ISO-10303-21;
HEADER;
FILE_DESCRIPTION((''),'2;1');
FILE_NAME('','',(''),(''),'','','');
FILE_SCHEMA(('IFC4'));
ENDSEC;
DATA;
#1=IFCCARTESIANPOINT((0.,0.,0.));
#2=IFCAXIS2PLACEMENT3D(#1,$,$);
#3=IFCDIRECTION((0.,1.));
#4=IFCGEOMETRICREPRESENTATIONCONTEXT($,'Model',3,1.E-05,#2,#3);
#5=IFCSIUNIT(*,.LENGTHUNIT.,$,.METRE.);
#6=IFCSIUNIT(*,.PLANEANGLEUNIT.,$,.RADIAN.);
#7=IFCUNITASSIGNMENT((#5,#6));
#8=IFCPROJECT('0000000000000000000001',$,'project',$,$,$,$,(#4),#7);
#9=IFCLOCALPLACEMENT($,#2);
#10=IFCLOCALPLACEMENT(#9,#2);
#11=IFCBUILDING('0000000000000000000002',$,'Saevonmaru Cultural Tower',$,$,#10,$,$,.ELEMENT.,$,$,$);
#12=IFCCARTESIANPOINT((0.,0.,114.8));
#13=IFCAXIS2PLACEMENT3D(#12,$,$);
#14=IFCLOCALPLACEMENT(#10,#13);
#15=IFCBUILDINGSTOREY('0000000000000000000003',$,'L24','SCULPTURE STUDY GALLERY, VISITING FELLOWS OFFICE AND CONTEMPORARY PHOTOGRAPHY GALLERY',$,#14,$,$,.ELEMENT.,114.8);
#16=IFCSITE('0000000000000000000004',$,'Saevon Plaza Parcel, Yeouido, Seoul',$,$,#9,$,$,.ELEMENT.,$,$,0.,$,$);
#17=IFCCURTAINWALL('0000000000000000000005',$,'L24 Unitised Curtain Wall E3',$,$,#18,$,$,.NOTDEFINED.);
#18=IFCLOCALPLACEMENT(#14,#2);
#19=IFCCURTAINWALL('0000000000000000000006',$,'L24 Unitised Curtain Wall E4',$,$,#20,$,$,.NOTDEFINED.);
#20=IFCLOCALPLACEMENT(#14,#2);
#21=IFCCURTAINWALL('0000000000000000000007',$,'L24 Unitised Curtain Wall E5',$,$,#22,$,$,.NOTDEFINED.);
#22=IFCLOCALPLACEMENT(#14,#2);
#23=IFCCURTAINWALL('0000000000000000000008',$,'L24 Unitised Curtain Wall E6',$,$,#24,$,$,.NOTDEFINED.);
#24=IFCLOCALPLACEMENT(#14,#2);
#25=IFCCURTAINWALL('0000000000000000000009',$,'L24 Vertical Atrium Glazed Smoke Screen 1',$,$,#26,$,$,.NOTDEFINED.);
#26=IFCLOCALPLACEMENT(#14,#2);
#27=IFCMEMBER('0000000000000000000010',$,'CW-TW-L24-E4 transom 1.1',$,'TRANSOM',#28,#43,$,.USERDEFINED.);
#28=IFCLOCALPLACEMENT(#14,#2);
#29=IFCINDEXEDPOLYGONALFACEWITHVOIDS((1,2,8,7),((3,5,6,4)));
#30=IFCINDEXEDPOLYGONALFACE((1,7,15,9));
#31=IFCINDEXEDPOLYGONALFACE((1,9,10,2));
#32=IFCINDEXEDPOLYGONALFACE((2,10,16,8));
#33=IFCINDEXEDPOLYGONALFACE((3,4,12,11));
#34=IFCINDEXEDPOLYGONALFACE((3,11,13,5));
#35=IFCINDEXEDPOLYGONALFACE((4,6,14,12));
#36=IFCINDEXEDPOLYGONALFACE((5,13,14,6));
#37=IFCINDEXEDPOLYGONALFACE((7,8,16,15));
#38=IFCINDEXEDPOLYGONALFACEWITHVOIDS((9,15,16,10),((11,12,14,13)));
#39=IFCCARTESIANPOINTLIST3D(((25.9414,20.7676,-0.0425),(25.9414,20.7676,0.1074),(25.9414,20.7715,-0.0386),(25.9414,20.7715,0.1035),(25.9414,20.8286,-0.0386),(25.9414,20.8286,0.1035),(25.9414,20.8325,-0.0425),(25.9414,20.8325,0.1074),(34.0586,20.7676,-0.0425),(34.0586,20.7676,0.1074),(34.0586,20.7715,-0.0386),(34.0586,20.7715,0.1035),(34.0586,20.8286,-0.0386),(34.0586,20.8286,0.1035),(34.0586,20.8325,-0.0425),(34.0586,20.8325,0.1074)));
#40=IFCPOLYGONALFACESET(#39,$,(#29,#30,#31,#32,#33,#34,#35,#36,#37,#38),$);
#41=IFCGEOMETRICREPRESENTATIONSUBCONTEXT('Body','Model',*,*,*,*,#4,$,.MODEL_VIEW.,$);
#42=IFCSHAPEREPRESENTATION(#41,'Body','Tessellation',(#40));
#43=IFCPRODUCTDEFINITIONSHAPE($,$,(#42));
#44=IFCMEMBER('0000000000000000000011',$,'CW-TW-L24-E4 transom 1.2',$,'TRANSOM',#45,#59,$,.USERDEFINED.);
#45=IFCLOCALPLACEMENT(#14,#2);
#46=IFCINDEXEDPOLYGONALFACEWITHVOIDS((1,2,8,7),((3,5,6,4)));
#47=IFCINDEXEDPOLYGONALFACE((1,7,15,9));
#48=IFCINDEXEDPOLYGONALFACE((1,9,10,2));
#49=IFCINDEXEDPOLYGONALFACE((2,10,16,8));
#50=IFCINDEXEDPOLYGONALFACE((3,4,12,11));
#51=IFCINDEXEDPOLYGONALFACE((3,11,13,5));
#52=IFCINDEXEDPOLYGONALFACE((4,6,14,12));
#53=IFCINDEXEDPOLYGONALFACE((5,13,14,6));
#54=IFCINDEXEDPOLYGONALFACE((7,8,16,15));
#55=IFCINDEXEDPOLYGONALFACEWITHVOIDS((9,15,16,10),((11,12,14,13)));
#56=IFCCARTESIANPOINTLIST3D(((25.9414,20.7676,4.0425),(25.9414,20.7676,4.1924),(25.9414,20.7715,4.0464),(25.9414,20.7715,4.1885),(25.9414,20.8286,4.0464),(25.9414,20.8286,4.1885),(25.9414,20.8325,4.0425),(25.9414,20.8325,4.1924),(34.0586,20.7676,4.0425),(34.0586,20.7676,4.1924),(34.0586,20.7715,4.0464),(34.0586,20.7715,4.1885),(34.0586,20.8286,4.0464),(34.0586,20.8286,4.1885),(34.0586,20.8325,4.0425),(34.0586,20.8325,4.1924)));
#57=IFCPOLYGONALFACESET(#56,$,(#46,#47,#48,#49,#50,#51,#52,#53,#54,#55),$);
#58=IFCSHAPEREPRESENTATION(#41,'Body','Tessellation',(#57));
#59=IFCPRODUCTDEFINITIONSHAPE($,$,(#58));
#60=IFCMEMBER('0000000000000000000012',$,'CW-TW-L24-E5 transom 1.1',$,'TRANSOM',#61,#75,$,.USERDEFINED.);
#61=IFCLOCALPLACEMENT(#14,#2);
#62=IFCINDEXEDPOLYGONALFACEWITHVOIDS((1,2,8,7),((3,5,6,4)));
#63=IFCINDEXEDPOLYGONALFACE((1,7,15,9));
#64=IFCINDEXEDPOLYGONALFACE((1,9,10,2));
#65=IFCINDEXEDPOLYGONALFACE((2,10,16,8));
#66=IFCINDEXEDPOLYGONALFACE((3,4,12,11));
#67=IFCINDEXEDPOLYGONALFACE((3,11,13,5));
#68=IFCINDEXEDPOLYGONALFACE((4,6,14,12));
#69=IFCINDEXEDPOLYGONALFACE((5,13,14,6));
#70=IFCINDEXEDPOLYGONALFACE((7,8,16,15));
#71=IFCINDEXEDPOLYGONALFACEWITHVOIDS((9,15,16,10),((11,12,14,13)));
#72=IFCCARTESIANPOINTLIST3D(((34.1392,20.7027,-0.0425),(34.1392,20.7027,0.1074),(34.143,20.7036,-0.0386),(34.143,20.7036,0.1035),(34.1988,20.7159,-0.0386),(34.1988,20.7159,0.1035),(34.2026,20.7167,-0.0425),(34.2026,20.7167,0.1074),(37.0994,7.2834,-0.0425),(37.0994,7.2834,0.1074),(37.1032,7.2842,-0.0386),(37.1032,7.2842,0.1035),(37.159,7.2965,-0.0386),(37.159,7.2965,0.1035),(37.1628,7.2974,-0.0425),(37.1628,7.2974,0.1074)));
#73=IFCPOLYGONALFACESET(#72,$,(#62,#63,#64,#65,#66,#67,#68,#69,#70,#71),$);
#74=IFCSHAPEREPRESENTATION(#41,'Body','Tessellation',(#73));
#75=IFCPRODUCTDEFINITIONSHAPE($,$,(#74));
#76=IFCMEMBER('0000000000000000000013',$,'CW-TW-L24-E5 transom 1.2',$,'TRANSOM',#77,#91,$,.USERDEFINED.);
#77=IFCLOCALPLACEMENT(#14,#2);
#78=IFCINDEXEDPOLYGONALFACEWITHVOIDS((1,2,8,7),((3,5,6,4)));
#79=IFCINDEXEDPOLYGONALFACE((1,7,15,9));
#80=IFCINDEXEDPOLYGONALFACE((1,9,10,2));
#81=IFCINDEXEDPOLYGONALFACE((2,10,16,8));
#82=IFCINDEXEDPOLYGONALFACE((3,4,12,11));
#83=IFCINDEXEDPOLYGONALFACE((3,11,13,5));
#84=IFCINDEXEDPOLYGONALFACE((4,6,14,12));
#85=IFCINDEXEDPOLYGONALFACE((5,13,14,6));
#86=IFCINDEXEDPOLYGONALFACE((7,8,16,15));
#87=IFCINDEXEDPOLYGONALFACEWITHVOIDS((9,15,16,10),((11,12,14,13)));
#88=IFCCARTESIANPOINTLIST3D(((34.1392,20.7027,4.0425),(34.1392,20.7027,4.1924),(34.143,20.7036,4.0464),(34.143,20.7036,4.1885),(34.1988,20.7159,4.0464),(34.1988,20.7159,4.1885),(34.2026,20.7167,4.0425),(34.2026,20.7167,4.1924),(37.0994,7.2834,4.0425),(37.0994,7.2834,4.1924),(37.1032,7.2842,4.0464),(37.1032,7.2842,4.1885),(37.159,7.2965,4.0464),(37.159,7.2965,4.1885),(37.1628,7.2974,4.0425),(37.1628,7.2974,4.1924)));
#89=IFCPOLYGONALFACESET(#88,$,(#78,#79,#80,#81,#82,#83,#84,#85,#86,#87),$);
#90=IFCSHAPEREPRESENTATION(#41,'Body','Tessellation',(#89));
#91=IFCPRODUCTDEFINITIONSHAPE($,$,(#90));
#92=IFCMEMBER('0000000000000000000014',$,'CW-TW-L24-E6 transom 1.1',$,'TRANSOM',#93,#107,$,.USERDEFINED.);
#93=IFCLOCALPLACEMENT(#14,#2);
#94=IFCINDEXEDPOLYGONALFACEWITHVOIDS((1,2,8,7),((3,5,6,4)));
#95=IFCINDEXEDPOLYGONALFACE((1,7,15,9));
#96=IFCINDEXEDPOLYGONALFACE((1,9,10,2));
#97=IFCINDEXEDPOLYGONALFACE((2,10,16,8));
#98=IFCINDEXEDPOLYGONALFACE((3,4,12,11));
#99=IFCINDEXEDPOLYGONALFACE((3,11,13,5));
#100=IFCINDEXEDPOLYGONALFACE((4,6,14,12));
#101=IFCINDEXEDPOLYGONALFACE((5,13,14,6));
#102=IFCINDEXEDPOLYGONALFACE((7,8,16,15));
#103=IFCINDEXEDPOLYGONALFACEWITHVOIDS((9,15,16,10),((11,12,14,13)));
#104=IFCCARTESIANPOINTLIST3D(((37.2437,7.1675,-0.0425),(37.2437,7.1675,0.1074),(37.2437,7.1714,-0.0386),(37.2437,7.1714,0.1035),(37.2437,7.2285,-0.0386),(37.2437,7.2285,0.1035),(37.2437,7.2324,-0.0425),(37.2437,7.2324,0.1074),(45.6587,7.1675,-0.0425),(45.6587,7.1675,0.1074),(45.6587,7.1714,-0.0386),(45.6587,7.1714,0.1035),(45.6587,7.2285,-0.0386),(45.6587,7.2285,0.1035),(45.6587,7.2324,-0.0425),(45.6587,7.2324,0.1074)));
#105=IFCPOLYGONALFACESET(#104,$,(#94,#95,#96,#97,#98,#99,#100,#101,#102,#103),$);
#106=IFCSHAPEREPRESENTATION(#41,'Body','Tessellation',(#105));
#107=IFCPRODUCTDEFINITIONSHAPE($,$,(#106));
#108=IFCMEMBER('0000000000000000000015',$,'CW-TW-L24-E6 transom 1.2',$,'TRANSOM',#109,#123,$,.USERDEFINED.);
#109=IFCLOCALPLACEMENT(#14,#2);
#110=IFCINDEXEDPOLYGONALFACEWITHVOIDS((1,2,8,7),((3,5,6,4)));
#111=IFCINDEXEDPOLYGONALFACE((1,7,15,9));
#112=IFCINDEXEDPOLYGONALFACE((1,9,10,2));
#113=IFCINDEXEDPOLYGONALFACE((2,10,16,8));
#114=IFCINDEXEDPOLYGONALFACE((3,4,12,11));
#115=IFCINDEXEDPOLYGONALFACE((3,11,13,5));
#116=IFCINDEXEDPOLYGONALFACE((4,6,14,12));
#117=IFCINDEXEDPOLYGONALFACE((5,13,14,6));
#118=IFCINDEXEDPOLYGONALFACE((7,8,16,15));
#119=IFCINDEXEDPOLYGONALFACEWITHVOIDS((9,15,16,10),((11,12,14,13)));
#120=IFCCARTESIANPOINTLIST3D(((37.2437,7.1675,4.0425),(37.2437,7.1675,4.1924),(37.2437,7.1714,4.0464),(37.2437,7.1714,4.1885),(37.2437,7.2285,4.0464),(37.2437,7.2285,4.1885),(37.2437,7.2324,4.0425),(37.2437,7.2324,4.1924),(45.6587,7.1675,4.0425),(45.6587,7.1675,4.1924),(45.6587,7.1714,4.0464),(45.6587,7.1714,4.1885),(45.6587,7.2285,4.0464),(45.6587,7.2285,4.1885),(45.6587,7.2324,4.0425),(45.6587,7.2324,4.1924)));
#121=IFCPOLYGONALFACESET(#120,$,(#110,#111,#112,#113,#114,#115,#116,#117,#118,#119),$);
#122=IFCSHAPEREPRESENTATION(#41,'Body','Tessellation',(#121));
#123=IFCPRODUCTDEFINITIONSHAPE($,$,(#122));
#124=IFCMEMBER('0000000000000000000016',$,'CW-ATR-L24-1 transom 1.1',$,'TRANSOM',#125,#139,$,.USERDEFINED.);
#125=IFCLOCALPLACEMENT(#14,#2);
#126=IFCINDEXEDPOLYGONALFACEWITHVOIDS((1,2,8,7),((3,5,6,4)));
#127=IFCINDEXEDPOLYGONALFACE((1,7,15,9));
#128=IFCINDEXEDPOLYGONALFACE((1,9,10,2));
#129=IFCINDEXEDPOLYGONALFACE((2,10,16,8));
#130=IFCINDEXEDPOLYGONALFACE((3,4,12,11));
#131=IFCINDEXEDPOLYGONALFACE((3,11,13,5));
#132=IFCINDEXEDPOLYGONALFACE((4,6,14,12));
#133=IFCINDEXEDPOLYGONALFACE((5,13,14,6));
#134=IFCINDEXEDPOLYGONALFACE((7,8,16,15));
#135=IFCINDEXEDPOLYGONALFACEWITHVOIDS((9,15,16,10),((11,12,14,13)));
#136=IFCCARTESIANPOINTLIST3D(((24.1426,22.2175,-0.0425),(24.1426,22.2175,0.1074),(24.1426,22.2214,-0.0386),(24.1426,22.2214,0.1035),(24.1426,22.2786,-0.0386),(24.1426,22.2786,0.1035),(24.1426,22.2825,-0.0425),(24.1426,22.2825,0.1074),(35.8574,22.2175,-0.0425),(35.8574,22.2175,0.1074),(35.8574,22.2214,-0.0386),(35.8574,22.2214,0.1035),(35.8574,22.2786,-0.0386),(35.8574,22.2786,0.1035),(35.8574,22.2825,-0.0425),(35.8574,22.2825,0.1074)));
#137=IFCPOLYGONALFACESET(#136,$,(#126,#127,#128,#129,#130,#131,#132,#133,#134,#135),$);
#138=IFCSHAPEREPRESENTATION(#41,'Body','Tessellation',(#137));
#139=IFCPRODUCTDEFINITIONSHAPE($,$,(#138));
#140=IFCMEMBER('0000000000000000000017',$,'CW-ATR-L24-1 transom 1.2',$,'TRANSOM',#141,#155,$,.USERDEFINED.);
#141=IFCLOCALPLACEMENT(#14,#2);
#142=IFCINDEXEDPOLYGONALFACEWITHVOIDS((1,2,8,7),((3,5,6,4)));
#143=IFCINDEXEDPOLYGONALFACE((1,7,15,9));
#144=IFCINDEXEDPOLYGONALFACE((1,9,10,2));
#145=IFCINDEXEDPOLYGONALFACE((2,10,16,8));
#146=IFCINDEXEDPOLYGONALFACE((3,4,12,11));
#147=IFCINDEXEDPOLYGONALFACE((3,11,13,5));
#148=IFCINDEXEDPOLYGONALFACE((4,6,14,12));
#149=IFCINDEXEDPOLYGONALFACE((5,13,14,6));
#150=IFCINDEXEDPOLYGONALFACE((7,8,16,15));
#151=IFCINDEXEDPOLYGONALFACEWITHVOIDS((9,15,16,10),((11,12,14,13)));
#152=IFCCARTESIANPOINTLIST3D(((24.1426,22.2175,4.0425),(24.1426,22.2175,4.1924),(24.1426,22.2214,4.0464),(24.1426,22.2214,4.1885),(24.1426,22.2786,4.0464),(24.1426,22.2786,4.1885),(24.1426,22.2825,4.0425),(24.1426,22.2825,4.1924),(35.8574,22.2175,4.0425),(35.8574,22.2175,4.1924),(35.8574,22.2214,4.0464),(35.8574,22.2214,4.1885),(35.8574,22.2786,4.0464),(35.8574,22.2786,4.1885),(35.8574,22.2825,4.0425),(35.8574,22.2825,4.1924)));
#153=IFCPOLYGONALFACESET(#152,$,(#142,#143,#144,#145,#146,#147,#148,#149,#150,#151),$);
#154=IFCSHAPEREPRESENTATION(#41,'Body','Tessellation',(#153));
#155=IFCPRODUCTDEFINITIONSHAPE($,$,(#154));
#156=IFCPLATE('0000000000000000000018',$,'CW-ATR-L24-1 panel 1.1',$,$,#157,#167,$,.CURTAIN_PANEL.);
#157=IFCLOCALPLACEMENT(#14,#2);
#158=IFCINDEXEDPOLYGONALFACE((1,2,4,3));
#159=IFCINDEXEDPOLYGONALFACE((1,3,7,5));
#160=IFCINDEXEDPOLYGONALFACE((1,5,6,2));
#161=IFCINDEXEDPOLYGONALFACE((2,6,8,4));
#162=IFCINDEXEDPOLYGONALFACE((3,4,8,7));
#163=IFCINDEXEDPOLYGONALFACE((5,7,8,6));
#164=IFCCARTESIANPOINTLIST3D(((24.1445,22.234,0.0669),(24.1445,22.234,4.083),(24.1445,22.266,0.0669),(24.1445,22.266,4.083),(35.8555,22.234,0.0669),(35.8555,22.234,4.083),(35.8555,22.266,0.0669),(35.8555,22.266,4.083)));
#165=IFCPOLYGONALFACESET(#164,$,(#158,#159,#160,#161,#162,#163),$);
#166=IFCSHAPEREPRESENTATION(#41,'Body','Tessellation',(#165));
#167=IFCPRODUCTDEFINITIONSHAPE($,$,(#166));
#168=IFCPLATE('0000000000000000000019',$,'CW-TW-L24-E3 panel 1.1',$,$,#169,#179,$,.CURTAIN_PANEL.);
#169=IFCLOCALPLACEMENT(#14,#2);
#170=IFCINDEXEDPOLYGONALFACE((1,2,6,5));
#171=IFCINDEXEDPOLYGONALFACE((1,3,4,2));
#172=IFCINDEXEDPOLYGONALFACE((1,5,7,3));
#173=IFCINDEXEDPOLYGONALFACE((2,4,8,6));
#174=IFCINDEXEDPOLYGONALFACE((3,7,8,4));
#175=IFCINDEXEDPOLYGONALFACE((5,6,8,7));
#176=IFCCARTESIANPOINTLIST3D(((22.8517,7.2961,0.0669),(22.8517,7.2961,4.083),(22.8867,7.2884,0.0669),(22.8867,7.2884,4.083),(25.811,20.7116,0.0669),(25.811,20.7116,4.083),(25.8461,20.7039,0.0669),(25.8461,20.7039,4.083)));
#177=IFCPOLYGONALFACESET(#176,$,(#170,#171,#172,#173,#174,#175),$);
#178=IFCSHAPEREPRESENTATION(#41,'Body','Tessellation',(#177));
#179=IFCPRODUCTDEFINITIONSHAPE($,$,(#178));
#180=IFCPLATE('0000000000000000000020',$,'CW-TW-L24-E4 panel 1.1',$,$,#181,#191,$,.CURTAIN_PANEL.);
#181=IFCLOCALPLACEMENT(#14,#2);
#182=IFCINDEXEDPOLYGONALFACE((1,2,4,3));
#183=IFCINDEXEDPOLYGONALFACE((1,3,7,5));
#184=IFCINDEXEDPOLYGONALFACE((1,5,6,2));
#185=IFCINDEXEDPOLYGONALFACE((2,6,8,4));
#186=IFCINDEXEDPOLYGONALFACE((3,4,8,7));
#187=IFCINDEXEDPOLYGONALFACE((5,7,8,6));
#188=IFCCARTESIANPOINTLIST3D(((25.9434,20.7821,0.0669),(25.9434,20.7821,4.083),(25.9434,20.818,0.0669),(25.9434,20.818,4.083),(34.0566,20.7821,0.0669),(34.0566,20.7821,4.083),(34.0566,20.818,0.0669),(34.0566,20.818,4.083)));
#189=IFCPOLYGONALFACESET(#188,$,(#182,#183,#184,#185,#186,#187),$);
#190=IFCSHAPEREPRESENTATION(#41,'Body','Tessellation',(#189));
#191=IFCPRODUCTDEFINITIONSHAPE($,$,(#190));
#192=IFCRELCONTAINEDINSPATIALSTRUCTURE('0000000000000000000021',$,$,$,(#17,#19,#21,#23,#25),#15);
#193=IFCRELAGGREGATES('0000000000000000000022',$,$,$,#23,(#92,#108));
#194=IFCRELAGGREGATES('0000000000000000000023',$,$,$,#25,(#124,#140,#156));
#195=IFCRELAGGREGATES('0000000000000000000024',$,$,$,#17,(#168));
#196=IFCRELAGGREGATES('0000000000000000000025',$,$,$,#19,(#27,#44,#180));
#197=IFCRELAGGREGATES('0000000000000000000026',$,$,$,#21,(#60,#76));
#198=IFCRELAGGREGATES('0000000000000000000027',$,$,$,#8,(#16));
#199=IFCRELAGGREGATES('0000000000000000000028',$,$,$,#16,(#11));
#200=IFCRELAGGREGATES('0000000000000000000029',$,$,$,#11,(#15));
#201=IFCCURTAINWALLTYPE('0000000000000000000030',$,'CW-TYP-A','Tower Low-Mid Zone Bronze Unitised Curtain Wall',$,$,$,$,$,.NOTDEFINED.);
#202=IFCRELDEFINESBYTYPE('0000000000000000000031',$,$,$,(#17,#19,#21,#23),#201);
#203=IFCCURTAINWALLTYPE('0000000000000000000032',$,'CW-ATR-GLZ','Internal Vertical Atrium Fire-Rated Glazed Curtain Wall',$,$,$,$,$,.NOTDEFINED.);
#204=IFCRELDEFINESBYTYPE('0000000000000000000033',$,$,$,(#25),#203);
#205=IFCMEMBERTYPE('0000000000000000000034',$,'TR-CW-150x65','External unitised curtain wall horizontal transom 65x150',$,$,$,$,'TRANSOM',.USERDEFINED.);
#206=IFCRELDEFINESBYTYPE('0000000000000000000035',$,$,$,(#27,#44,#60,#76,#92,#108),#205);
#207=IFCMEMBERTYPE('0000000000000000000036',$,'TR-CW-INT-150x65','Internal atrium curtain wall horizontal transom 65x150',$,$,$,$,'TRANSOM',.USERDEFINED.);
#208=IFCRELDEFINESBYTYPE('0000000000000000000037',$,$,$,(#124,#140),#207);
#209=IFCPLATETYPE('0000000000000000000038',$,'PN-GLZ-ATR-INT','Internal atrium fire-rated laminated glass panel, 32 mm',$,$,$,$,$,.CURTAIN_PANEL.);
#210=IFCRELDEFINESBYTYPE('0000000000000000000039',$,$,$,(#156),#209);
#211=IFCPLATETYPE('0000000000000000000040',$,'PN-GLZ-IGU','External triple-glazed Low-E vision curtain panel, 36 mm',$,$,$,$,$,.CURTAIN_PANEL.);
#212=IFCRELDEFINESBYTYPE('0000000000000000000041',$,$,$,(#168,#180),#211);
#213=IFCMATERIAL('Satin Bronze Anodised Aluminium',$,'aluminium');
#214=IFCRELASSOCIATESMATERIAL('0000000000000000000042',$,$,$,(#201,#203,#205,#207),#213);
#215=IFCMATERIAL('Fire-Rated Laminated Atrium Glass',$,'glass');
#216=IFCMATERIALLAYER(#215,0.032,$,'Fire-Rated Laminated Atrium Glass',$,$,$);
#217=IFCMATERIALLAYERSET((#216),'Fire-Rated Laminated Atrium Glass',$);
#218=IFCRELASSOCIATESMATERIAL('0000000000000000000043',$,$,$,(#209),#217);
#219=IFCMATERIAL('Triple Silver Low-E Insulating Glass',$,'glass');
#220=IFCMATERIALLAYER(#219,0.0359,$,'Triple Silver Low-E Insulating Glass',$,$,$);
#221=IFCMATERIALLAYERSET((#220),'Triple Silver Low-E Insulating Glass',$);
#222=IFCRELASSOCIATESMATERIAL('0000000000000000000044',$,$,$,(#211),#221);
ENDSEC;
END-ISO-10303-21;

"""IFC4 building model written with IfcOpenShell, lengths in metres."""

from ifc_helpers import new_model, si_unit, direction, frame, origin, origin_2d, place, context, subcontext, project, spatial, rectangle, hollow_rectangle, extrude, material, layer, layer_set, material_profile, profile_set, type_object, element, aggregate, save


model = new_model("IFC4")

# Units and contexts
model_context = context("Model", 3, precision=1e-05, world=origin(), true_north=direction((0.0, 1.0)))
body_context = subcontext(model_context, "Body", "Model", "MODEL_VIEW")
ifc_project = project(units=[si_unit("LENGTHUNIT", "METRE"), si_unit("PLANEANGLEUNIT", "RADIAN")], contexts=[model_context])

# Site, building, storey
site_placement = place(None, origin())
site = spatial("IfcSite", under=ifc_project, at=site_placement, Name="Saevon Plaza Parcel, Yeouido, Seoul", CompositionType="ELEMENT", RefElevation=0.0)
building_placement = place(site_placement, origin())
building = spatial("IfcBuilding", under=site, at=building_placement, Name="Saevonmaru Cultural Tower", CompositionType="ELEMENT")
storey_placement = place(building_placement, frame((0.0, 0.0, 114.8)))
storey = spatial("IfcBuildingStorey", under=building, at=storey_placement, Name="L24", Description="SCULPTURE STUDY GALLERY, VISITING FELLOWS OFFICE AND CONTEMPORARY PHOTOGRAPHY GALLERY", CompositionType="ELEMENT", Elevation=114.8)

# Curtain wall
ifc_material_1 = material(Name="Satin Bronze Anodised Aluminium", Category="aluminium")
curtain_wall_type_1 = type_object("IfcCurtainWallType", Name="CW-TYP-A", Description="Tower Low-Mid Zone Bronze Unitised Curtain Wall", PredefinedType="NOTDEFINED", material=ifc_material_1)
curtain_wall_1_placement = place(storey_placement, origin())
curtain_wall_1 = element("IfcCurtainWall", 1, at=curtain_wall_1_placement, inside=storey, type_object=curtain_wall_type_1, Name="L24 Unitised Curtain Wall E3", PredefinedType="NOTDEFINED")

# Curtain walls
curtain_wall_2_placement = place(storey_placement, origin())
curtain_wall_2 = element("IfcCurtainWall", 2, at=curtain_wall_2_placement, inside=storey, type_object=curtain_wall_type_1, Name="L24 Unitised Curtain Wall E4", PredefinedType="NOTDEFINED")
curtain_wall_3_placement = place(storey_placement, origin())
curtain_wall_3 = element("IfcCurtainWall", 3, at=curtain_wall_3_placement, inside=storey, type_object=curtain_wall_type_1, Name="L24 Unitised Curtain Wall E5", PredefinedType="NOTDEFINED")

# Curtain walls
curtain_wall_4_placement = place(storey_placement, origin())
curtain_wall_4 = element("IfcCurtainWall", 4, at=curtain_wall_4_placement, inside=storey, type_object=curtain_wall_type_1, Name="L24 Unitised Curtain Wall E6", PredefinedType="NOTDEFINED")
curtain_wall_type_2 = type_object("IfcCurtainWallType", Name="CW-ATR-GLZ", Description="Internal Vertical Atrium Fire-Rated Glazed Curtain Wall", PredefinedType="NOTDEFINED", material=ifc_material_1)
curtain_wall_5_placement = place(storey_placement, origin())
curtain_wall_5 = element("IfcCurtainWall", 5, at=curtain_wall_5_placement, inside=storey, type_object=curtain_wall_type_2, Name="L24 Vertical Atrium Glazed Smoke Screen 1", PredefinedType="NOTDEFINED")

# Members
ifc_material_profile_1 = material_profile(ifc_material_1, hollow_rectangle(XDim=0.0649, YDim=0.1499, WallThickness=0.0039, at=origin_2d()), Name="ALU-TRAN-150x65x4")
ifc_profile_set_1 = profile_set([ifc_material_profile_1], Name="Satin Bronze Anodised Aluminium")
member_type_1 = type_object("IfcMemberType", Name="TR-CW-150x65", Description="External unitised curtain wall horizontal transom 65x150", ElementType="TRANSOM", PredefinedType="USERDEFINED", material=ifc_profile_set_1)
member_1_placement = place(storey_placement, frame((25.9414, 20.8, 0.0325), z_axis=(1.0, 0.0, 0.0), x_axis=(0.0, 1.0, 0.0)))
member_1 = element("IfcMember", 6, at=member_1_placement, type_object=member_type_1, Name="CW-TW-L24-E4 transom 1.1", ObjectType="TRANSOM", PredefinedType="USERDEFINED", context=body_context, shape_type="SweptSolid", body=[
    extrude(hollow_rectangle(XDim=0.0649, YDim=0.1499, WallThickness=0.0039, at=origin_2d()), origin(), (0.0, 0.0, 1.0), 8.1172),
])
member_2_placement = place(storey_placement, frame((25.9414, 20.8, 4.1174), z_axis=(1.0, 0.0, 0.0), x_axis=(0.0, 1.0, 0.0)))
member_2 = element("IfcMember", 7, at=member_2_placement, type_object=member_type_1, Name="CW-TW-L24-E4 transom 1.2", ObjectType="TRANSOM", PredefinedType="USERDEFINED", context=body_context, shape_type="SweptSolid", body=[
    extrude(hollow_rectangle(XDim=0.0649, YDim=0.1499, WallThickness=0.0039, at=origin_2d()), origin(), (0.0, 0.0, 1.0), 8.1172),
])
member_3_placement = place(storey_placement, frame((34.1709, 20.7097, 0.0325), z_axis=(0.215412, -0.976523, 0.0), x_axis=(0.976523, 0.215412, 0.0)))
member_3 = element("IfcMember", 8, at=member_3_placement, type_object=member_type_1, Name="CW-TW-L24-E5 transom 1.1", ObjectType="TRANSOM", PredefinedType="USERDEFINED", context=body_context, shape_type="SweptSolid", body=[
    extrude(hollow_rectangle(XDim=0.0649, YDim=0.1499, WallThickness=0.0039, at=origin_2d()), origin(), (0.0, 0.0, 1.0), 13.7419),
])
member_4_placement = place(storey_placement, frame((34.1709, 20.7097, 4.1174), z_axis=(0.215412, -0.976523, 0.0), x_axis=(0.976523, 0.215412, 0.0)))
member_4 = element("IfcMember", 9, at=member_4_placement, type_object=member_type_1, Name="CW-TW-L24-E5 transom 1.2", ObjectType="TRANSOM", PredefinedType="USERDEFINED", context=body_context, shape_type="SweptSolid", body=[
    extrude(hollow_rectangle(XDim=0.0649, YDim=0.1499, WallThickness=0.0039, at=origin_2d()), origin(), (0.0, 0.0, 1.0), 13.7419),
])
member_5_placement = place(storey_placement, frame((37.2437, 7.2, 0.0325), z_axis=(1.0, 0.0, 0.0), x_axis=(0.0, 1.0, 0.0)))
member_5 = element("IfcMember", 10, at=member_5_placement, type_object=member_type_1, Name="CW-TW-L24-E6 transom 1.1", ObjectType="TRANSOM", PredefinedType="USERDEFINED", context=body_context, shape_type="SweptSolid", body=[
    extrude(hollow_rectangle(XDim=0.0649, YDim=0.1499, WallThickness=0.0039, at=origin_2d()), origin(), (0.0, 0.0, 1.0), 8.415),
])
member_6_placement = place(storey_placement, frame((37.2437, 7.2, 4.1174), z_axis=(1.0, 0.0, 0.0), x_axis=(0.0, 1.0, 0.0)))
member_6 = element("IfcMember", 11, at=member_6_placement, type_object=member_type_1, Name="CW-TW-L24-E6 transom 1.2", ObjectType="TRANSOM", PredefinedType="USERDEFINED", context=body_context, shape_type="SweptSolid", body=[
    extrude(hollow_rectangle(XDim=0.0649, YDim=0.1499, WallThickness=0.0039, at=origin_2d()), origin(), (0.0, 0.0, 1.0), 8.415),
])
aggregate(curtain_wall_4, [member_5, member_6])
ifc_material_profile_2 = material_profile(ifc_material_1, hollow_rectangle(XDim=0.0649, YDim=0.1499, WallThickness=0.0039, at=origin_2d()), Name="ALU-TRAN-150x65x4")
ifc_profile_set_2 = profile_set([ifc_material_profile_2], Name="Satin Bronze Anodised Aluminium")
member_type_2 = type_object("IfcMemberType", Name="TR-CW-INT-150x65", Description="Internal atrium curtain wall horizontal transom 65x150", ElementType="TRANSOM", PredefinedType="USERDEFINED", material=ifc_profile_set_2)
member_7_placement = place(storey_placement, frame((24.1426, 22.25, 0.0325), z_axis=(1.0, 0.0, 0.0), x_axis=(0.0, 1.0, 0.0)))
member_7 = element("IfcMember", 12, at=member_7_placement, type_object=member_type_2, Name="CW-ATR-L24-1 transom 1.1", ObjectType="TRANSOM", PredefinedType="USERDEFINED", context=body_context, shape_type="SweptSolid", body=[
    extrude(hollow_rectangle(XDim=0.0649, YDim=0.1499, WallThickness=0.0039, at=origin_2d()), origin(), (0.0, 0.0, 1.0), 11.7148),
])
member_8_placement = place(storey_placement, frame((24.1426, 22.25, 4.1174), z_axis=(1.0, 0.0, 0.0), x_axis=(0.0, 1.0, 0.0)))
member_8 = element("IfcMember", 13, at=member_8_placement, type_object=member_type_2, Name="CW-ATR-L24-1 transom 1.2", ObjectType="TRANSOM", PredefinedType="USERDEFINED", context=body_context, shape_type="SweptSolid", body=[
    extrude(hollow_rectangle(XDim=0.0649, YDim=0.1499, WallThickness=0.0039, at=origin_2d()), origin(), (0.0, 0.0, 1.0), 11.7148),
])

# Plates
ifc_material_2 = material(Name="Fire-Rated Laminated Atrium Glass", Category="glass")
ifc_layer_1 = layer(ifc_material_2, 0.032, Name="Fire-Rated Laminated Atrium Glass")
ifc_layer_set_1 = layer_set([ifc_layer_1], Name="Fire-Rated Laminated Atrium Glass")
plate_type_1 = type_object("IfcPlateType", Name="PN-GLZ-ATR-INT", Description="Internal atrium fire-rated laminated glass panel, 32 mm", PredefinedType="CURTAIN_PANEL", material=ifc_layer_set_1)
plate_1_placement = place(storey_placement, frame((30.0, 22.25, 0.0669), z_axis=(0.0, 0.0, 1.0), x_axis=(1.0, 0.0, 0.0)))
plate_1 = element("IfcPlate", 14, at=plate_1_placement, type_object=plate_type_1, Name="CW-ATR-L24-1 panel 1.1", PredefinedType="CURTAIN_PANEL", context=body_context, shape_type="SweptSolid", body=[
    extrude(rectangle(XDim=11.7109, YDim=0.032, at=origin_2d()), origin(), (0.0, 0.0, 1.0), 4.0161),
])
aggregate(curtain_wall_5, [member_7, member_8, plate_1])
ifc_material_3 = material(Name="Triple Silver Low-E Insulating Glass", Category="glass")
ifc_layer_2 = layer(ifc_material_3, 0.0359, Name="Triple Silver Low-E Insulating Glass")
ifc_layer_set_2 = layer_set([ifc_layer_2], Name="Triple Silver Low-E Insulating Glass")
plate_type_2 = type_object("IfcPlateType", Name="PN-GLZ-IGU", Description="External triple-glazed Low-E vision curtain panel, 36 mm", PredefinedType="CURTAIN_PANEL", material=ifc_layer_set_2)
plate_2_placement = place(storey_placement, frame((24.3489, 14.0, 0.0669), z_axis=(0.0, 0.0, 1.0), x_axis=(0.215413, 0.976523, 0.0)))
plate_2 = element("IfcPlate", 15, at=plate_2_placement, type_object=plate_type_2, Name="CW-TW-L24-E3 panel 1.1", PredefinedType="CURTAIN_PANEL", context=body_context, shape_type="SweptSolid", body=[
    extrude(rectangle(XDim=13.738, YDim=0.0359, at=origin_2d()), origin(), (0.0, 0.0, 1.0), 4.0161),
])
aggregate(curtain_wall_1, [plate_2])
plate_3_placement = place(storey_placement, frame((30.0, 20.8, 0.0669), z_axis=(0.0, 0.0, 1.0), x_axis=(1.0, 0.0, 0.0)))
plate_3 = element("IfcPlate", 16, at=plate_3_placement, type_object=plate_type_2, Name="CW-TW-L24-E4 panel 1.1", PredefinedType="CURTAIN_PANEL", context=body_context, shape_type="SweptSolid", body=[
    extrude(rectangle(XDim=8.1133, YDim=0.0359, at=origin_2d()), origin(), (0.0, 0.0, 1.0), 4.0161),
])
aggregate(curtain_wall_2, [member_1, member_2, plate_3])
aggregate(curtain_wall_3, [member_3, member_4])

save(model, "model.ifc")
